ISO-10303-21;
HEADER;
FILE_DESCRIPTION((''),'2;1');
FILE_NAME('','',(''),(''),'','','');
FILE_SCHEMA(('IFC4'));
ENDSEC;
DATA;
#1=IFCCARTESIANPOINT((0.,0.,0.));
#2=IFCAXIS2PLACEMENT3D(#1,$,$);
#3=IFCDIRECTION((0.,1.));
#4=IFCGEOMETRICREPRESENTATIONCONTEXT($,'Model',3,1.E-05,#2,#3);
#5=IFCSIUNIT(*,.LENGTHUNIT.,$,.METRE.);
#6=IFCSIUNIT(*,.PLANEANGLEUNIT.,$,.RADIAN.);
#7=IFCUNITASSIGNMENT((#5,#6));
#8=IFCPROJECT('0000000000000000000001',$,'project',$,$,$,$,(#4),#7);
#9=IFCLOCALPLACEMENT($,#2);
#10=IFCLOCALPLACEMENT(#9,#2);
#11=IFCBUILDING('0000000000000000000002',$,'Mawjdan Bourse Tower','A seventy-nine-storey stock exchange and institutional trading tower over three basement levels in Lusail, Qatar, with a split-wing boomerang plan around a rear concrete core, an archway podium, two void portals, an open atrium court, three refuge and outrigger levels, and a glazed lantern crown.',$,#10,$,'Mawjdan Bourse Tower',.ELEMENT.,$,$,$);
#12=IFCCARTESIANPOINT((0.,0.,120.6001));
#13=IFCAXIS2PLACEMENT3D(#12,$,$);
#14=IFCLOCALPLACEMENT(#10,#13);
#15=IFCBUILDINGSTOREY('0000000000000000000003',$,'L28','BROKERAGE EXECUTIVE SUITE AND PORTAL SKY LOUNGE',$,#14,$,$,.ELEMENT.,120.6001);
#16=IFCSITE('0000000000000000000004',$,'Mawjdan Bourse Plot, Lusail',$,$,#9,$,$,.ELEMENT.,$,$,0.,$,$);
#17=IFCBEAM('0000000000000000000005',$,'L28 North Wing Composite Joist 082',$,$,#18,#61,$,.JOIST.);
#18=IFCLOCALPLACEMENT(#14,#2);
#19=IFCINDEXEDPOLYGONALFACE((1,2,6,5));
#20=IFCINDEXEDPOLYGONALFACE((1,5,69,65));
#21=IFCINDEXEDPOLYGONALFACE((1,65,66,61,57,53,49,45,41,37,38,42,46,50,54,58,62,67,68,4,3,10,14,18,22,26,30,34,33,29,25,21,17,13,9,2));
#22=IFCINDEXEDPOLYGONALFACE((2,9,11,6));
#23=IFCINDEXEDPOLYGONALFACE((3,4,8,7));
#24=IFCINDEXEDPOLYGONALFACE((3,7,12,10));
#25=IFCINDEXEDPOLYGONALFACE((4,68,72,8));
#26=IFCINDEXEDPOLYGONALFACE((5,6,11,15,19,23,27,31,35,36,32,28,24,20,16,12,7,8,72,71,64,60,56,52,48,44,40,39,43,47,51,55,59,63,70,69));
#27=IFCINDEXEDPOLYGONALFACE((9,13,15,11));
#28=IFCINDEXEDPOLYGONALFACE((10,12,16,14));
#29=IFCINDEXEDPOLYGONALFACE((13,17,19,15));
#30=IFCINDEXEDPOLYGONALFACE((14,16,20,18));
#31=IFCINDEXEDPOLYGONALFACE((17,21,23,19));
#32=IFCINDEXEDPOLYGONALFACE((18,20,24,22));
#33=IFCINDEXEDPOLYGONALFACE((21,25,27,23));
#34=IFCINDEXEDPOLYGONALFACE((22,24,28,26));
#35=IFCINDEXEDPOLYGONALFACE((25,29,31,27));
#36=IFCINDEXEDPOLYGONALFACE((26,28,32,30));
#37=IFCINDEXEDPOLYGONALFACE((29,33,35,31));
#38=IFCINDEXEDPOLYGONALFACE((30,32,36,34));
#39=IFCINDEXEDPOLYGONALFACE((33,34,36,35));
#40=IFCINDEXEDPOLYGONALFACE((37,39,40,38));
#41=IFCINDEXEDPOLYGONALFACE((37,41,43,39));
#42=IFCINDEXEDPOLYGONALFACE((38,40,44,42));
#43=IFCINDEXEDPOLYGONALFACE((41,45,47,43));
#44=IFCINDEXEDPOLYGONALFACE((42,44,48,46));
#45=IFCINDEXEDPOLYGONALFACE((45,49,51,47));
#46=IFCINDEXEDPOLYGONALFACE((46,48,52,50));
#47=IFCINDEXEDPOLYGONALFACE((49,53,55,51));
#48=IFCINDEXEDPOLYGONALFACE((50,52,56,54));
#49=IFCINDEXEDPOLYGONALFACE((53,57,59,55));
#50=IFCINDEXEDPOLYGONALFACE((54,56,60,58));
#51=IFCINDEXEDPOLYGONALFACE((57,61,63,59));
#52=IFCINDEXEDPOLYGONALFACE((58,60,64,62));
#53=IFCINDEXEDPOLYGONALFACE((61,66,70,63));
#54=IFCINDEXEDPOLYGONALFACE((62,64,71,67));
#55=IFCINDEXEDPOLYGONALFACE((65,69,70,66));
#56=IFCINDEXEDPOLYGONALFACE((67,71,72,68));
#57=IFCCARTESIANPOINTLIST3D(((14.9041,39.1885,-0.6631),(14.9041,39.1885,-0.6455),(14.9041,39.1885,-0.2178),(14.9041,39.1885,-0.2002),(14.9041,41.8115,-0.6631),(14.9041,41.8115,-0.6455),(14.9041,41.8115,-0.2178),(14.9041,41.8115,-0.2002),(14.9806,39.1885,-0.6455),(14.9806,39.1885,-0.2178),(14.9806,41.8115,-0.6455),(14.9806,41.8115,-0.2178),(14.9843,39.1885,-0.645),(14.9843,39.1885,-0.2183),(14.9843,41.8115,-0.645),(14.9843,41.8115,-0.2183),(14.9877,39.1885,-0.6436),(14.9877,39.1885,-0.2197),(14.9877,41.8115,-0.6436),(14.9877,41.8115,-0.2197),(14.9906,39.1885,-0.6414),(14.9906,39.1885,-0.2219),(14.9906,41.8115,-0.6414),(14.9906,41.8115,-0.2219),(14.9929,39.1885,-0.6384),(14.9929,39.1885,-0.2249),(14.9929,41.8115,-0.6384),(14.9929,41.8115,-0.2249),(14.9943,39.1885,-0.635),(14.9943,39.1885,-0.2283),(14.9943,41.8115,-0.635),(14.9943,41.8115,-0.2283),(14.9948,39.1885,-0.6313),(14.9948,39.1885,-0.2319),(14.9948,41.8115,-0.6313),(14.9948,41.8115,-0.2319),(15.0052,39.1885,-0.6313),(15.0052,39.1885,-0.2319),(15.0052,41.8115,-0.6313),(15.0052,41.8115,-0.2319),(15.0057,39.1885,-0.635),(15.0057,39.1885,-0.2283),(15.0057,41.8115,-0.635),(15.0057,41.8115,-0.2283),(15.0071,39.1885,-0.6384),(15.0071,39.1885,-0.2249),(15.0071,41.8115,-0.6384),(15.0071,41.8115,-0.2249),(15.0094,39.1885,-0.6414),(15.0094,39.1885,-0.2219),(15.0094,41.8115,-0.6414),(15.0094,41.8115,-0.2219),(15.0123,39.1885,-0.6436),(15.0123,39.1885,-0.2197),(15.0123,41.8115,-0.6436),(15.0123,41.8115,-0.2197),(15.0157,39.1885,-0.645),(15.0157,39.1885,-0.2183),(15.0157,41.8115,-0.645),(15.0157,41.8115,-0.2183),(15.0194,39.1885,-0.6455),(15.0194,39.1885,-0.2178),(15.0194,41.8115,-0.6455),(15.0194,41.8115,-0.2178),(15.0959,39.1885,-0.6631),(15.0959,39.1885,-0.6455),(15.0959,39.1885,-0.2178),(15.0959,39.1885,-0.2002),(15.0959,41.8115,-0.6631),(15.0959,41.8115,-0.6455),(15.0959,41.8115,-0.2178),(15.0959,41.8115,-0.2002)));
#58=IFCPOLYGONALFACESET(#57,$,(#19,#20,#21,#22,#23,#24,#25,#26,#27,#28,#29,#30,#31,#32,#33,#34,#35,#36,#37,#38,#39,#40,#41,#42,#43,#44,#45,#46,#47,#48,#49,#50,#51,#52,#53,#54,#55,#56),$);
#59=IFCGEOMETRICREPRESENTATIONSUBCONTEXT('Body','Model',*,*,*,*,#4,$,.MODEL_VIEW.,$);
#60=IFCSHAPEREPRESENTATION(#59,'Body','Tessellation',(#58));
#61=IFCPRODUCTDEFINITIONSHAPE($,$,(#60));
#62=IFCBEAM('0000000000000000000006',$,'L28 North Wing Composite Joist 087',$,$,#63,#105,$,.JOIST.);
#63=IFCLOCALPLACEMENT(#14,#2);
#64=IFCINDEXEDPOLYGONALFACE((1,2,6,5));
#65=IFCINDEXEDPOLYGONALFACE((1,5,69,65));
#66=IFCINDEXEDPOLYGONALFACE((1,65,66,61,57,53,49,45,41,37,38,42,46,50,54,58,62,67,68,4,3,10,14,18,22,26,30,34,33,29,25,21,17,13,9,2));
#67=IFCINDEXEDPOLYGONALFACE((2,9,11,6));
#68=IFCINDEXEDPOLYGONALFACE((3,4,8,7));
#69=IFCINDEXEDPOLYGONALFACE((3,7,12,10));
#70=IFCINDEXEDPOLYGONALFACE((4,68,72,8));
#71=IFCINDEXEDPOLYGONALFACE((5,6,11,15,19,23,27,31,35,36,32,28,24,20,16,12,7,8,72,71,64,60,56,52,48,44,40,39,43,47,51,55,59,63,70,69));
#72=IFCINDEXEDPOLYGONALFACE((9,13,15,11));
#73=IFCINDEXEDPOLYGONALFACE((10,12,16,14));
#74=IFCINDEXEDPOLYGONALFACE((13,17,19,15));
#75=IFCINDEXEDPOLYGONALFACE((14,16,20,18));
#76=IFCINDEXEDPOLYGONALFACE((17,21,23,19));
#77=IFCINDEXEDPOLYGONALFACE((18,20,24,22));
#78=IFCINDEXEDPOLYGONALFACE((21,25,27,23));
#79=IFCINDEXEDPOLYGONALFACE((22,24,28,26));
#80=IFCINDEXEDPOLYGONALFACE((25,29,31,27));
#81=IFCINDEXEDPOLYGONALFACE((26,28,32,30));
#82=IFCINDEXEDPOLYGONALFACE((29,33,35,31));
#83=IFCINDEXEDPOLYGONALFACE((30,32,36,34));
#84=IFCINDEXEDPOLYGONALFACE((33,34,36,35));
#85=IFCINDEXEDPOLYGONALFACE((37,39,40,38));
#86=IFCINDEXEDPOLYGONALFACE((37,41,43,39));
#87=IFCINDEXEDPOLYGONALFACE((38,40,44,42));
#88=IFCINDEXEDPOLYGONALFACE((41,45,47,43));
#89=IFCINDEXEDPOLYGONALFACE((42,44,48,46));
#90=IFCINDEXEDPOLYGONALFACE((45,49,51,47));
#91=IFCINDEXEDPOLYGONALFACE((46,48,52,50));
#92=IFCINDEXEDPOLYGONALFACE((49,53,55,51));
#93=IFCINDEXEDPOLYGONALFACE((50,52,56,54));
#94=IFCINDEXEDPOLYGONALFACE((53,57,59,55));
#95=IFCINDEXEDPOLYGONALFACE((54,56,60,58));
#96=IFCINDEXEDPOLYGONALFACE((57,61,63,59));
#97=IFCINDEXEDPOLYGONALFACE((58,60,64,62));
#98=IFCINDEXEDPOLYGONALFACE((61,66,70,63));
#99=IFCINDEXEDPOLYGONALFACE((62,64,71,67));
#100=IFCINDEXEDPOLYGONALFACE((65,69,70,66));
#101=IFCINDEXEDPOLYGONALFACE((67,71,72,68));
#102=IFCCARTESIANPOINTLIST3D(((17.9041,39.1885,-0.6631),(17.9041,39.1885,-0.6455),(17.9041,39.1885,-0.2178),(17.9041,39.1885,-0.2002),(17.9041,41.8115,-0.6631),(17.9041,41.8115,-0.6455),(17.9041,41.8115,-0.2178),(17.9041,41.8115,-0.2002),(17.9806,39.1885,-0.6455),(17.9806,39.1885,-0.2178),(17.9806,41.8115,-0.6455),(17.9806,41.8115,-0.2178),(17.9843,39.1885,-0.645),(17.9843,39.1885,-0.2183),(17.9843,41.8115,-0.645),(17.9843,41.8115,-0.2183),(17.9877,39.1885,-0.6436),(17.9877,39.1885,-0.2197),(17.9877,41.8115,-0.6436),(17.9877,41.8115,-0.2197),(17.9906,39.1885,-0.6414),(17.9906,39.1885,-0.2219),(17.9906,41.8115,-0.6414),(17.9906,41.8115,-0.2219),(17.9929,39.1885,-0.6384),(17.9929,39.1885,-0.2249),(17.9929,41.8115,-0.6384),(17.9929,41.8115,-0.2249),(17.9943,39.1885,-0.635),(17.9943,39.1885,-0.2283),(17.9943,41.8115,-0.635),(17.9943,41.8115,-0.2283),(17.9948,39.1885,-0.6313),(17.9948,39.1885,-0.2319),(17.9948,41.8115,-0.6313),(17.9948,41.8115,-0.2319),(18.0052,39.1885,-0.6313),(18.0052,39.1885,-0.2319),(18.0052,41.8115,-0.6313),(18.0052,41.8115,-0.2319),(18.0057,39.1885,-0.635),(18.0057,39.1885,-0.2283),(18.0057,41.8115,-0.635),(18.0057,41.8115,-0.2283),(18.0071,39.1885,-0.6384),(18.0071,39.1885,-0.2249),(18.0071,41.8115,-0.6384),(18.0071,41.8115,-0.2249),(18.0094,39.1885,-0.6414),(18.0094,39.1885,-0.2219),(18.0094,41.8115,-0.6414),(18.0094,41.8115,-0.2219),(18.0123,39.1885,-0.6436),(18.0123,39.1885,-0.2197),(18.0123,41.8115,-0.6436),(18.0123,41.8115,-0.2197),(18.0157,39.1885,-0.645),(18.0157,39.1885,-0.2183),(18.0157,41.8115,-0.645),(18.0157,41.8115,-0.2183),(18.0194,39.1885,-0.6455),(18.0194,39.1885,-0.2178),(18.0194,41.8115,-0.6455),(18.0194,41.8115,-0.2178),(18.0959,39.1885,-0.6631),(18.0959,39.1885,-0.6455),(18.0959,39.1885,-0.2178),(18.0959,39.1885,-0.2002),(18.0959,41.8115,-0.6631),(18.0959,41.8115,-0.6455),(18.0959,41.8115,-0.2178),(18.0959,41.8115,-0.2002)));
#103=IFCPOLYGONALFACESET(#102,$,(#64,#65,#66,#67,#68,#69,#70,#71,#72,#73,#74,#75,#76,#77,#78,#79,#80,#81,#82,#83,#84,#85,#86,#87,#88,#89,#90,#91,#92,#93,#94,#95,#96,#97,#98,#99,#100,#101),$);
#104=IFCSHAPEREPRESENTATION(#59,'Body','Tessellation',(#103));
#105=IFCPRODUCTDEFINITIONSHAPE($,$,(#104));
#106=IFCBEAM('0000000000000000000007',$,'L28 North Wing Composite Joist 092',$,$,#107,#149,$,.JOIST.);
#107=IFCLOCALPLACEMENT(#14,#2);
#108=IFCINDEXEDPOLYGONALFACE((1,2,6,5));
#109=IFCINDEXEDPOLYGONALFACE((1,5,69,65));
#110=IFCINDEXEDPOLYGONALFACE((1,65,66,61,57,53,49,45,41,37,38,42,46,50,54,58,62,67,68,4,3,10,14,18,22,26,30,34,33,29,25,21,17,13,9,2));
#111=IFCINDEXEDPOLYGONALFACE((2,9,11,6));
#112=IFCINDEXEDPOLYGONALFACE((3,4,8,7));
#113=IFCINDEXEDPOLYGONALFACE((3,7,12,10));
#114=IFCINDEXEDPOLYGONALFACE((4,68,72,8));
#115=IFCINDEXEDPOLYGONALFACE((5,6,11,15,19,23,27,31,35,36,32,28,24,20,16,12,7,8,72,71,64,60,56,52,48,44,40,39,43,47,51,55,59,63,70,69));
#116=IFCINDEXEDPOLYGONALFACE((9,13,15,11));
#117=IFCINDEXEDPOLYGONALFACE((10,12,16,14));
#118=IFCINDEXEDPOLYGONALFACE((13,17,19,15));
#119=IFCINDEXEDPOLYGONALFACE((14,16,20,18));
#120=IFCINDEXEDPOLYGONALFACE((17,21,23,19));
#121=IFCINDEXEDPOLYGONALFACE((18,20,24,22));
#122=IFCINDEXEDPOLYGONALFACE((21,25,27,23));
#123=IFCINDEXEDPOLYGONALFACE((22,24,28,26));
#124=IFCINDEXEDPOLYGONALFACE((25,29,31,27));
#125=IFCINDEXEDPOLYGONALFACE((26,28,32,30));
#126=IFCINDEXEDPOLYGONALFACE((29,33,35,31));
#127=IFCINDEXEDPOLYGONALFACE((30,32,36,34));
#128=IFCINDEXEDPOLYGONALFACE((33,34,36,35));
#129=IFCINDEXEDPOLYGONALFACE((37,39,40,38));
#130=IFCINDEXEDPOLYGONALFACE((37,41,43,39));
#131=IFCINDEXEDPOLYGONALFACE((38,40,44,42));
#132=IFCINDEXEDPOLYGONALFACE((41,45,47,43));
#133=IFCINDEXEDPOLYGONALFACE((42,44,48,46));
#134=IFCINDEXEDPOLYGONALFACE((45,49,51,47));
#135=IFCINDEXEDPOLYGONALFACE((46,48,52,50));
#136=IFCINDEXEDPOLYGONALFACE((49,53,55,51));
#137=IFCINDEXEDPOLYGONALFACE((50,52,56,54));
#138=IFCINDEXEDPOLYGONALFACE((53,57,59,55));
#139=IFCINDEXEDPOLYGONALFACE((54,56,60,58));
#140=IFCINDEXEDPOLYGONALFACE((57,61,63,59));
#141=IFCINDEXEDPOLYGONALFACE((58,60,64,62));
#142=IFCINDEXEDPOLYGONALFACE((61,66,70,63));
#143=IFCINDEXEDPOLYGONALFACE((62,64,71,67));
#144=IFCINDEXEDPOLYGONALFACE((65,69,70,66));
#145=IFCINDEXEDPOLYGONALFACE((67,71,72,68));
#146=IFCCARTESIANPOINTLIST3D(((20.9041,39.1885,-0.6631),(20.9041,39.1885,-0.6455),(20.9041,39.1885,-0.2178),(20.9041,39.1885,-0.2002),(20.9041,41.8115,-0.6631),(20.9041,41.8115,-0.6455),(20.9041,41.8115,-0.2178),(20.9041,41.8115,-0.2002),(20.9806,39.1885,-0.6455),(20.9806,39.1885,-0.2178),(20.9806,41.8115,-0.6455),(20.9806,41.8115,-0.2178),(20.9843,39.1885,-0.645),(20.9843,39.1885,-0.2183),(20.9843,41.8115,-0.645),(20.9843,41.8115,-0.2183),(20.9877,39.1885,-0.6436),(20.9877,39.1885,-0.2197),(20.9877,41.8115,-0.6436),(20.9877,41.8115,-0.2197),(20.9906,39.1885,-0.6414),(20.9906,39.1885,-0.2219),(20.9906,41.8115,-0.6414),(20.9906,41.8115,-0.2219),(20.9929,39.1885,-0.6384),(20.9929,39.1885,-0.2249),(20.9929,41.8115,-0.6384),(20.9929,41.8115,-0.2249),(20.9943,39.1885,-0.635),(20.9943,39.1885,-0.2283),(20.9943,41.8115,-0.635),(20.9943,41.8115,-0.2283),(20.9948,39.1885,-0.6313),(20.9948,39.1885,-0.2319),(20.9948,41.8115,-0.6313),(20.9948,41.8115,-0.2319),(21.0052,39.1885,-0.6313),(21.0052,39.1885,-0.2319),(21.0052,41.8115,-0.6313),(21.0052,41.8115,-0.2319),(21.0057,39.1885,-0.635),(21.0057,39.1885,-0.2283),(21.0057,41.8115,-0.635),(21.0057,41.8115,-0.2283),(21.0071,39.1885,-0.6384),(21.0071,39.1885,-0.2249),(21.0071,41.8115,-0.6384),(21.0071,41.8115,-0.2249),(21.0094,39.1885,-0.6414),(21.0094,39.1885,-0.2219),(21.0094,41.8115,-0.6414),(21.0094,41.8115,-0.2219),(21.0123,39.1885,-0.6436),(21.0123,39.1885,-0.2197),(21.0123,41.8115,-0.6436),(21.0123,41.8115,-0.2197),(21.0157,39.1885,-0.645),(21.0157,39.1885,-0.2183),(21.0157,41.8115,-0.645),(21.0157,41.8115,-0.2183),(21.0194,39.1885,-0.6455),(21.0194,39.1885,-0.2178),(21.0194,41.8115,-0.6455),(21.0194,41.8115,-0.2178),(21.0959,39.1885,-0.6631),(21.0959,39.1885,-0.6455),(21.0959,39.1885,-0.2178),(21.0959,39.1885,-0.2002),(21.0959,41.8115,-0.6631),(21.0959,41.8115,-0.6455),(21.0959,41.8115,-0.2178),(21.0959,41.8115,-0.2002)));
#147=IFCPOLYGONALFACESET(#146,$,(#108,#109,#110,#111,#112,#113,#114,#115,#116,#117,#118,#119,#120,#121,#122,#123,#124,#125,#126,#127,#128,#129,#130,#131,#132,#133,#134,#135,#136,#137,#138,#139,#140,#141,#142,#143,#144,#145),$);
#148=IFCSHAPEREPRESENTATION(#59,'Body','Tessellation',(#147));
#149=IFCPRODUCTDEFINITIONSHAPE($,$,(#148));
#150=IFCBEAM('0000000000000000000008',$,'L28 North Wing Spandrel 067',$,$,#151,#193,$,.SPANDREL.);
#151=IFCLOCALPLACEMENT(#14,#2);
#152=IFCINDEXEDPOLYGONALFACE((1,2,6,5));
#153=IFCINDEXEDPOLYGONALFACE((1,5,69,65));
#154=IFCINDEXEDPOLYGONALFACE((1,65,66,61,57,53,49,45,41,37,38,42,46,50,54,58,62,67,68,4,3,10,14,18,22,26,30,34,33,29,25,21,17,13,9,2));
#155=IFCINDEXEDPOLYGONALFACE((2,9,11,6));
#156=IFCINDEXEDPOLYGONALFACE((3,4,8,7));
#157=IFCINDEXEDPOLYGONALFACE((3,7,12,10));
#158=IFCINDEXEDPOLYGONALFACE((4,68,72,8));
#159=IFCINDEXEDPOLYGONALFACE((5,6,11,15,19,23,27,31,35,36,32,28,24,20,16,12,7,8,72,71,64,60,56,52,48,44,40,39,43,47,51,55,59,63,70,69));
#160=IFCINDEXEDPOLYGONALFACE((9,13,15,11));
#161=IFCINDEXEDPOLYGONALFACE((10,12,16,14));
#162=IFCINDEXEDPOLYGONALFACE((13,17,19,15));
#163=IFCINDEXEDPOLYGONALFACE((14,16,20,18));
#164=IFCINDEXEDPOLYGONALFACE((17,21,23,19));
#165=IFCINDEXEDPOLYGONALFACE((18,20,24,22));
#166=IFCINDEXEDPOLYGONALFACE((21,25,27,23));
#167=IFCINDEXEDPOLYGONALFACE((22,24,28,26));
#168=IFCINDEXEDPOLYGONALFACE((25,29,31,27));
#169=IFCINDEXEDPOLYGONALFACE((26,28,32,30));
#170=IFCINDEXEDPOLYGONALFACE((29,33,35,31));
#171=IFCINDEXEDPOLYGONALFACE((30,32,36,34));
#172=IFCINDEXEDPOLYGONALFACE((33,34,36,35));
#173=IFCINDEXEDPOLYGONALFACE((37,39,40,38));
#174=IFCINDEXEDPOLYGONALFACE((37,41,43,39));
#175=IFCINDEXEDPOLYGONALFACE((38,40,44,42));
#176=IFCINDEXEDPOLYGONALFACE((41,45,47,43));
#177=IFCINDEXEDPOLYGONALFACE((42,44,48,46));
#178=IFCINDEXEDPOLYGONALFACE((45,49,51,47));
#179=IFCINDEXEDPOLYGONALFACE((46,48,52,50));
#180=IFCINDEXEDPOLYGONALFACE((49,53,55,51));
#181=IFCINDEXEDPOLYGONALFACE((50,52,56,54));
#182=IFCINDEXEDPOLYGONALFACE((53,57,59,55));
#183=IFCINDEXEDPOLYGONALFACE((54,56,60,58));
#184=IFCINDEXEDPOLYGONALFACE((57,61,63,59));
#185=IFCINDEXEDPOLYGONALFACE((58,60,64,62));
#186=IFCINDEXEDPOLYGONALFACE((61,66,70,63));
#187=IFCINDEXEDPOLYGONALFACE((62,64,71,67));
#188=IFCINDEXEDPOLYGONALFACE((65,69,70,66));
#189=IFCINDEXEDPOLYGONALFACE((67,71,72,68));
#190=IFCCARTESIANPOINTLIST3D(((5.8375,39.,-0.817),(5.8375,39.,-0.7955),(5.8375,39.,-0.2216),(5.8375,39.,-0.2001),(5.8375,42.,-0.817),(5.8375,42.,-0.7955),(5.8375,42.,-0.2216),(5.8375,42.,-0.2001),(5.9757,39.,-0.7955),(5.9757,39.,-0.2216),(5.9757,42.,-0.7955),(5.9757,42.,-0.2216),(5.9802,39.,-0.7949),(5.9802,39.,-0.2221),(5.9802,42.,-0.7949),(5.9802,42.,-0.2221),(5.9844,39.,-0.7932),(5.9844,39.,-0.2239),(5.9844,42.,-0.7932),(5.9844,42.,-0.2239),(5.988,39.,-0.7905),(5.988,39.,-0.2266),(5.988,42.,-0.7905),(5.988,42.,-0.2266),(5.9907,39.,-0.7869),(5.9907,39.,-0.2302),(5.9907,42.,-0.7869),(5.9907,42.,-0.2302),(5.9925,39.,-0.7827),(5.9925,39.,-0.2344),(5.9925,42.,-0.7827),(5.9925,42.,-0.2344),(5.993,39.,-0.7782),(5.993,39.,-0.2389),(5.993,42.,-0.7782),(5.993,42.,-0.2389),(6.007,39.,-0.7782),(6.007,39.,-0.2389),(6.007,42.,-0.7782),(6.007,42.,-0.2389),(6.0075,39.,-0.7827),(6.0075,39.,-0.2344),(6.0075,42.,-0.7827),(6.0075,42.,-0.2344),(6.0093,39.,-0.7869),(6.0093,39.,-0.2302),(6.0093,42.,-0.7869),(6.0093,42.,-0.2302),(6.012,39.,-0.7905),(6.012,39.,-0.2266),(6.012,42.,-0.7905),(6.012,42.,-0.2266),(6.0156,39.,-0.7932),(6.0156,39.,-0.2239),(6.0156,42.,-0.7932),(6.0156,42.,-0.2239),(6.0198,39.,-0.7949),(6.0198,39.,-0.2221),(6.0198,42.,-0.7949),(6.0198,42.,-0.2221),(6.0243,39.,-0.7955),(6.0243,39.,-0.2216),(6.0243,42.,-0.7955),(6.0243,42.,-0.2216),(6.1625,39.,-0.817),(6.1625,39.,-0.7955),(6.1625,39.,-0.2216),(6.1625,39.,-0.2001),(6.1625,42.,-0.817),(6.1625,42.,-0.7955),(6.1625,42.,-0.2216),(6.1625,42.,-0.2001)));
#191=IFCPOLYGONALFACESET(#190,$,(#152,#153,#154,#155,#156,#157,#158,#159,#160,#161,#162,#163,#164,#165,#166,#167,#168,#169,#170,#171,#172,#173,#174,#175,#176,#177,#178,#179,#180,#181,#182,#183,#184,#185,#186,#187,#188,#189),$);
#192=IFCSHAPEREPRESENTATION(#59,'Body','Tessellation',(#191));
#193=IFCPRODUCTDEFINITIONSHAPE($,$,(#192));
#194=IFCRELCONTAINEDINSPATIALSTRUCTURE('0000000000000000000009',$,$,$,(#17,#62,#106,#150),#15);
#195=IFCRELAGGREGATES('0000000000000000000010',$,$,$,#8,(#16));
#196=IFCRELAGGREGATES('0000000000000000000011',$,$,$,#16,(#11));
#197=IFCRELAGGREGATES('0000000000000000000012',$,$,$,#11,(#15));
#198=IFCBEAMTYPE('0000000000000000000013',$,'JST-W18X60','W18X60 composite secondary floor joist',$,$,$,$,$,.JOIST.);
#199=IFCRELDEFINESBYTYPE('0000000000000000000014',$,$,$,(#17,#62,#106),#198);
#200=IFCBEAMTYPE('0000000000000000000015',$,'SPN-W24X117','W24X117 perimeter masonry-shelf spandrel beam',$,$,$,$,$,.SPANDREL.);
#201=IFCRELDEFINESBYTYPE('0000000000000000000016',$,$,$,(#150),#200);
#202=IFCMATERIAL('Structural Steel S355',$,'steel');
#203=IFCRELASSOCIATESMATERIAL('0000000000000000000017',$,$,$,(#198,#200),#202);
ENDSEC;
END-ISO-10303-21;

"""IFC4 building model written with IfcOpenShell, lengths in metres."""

from ifc_helpers import new_model, si_unit, direction, frame, origin, origin_2d, place, context, subcontext, project, spatial, i_section, extrude, material, material_profile, profile_set, type_object, element, save


model = new_model("IFC4")

# Units and contexts
model_context = context("Model", 3, precision=1e-05, world=origin(), true_north=direction((0.0, 1.0)))
body_context = subcontext(model_context, "Body", "Model", "MODEL_VIEW")
ifc_project = project(units=[si_unit("LENGTHUNIT", "METRE"), si_unit("PLANEANGLEUNIT", "RADIAN")], contexts=[model_context])

# Site, building, storey
site_placement = place(None, origin())
site = spatial("IfcSite", under=ifc_project, at=site_placement, Name="Mawjdan Bourse Plot, Lusail", CompositionType="ELEMENT", RefElevation=0.0)
building_placement = place(site_placement, origin())
building = spatial("IfcBuilding", under=site, at=building_placement, Name="Mawjdan Bourse Tower", Description="A seventy-nine-storey stock exchange and institutional trading tower over three basement levels in Lusail, Qatar, with a split-wing boomerang plan around a rear concrete core, an archway podium, two void portals, an open atrium court, three refuge and outrigger levels, and a glazed lantern crown.", LongName="Mawjdan Bourse Tower", CompositionType="ELEMENT")
storey_placement = place(building_placement, frame((0.0, 0.0, 120.6001)))
storey = spatial("IfcBuildingStorey", under=building, at=storey_placement, Name="L28", Description="BROKERAGE EXECUTIVE SUITE AND PORTAL SKY LOUNGE", CompositionType="ELEMENT", Elevation=120.6001)

# Beams
ifc_material_1 = material(Name="Structural Steel S355", Category="steel")
ifc_material_profile_1 = material_profile(ifc_material_1, i_section(OverallWidth=0.1919, OverallDepth=0.4629, WebThickness=0.0105, FlangeThickness=0.0176, FilletRadius=0.0142, at=origin_2d()), Name="W18X60")
ifc_profile_set_1 = profile_set([ifc_material_profile_1], Name="Structural Steel S355")
beam_type_1 = type_object("IfcBeamType", Name="JST-W18X60", Description="W18X60 composite secondary floor joist", PredefinedType="JOIST", material=ifc_profile_set_1)
for number, where, z_axis, x_axis, name in (
    (1, (15.0, 39.1885, -0.4316), (0.0, 1.0, 0.0), (-1.0, 0.0, 0.0), "L28 North Wing Composite Joist 082"),
    (2, (18.0, 39.1885, -0.4316), (0.0, 1.0, 0.0), (-1.0, 0.0, 0.0), "L28 North Wing Composite Joist 087"),
    (3, (21.0, 39.1885, -0.4316), (0.0, 1.0, 0.0), (-1.0, 0.0, 0.0), "L28 North Wing Composite Joist 092"),
):
    element("IfcBeam", number, at=place(storey_placement, frame(where, z_axis=z_axis, x_axis=x_axis)), inside=storey, type_object=beam_type_1, Name=name, PredefinedType="JOIST", context=body_context, shape_type="SweptSolid", body=[
        extrude(i_section(OverallWidth=0.1919, OverallDepth=0.4629, WebThickness=0.0105, FlangeThickness=0.0176, FilletRadius=0.0142, at=origin_2d()), origin(), (0.0, 0.0, 1.0), 2.623),
    ])
ifc_material_profile_2 = material_profile(ifc_material_1, i_section(OverallWidth=0.325, OverallDepth=0.6169, WebThickness=0.0139, FlangeThickness=0.0215, FilletRadius=0.0173, at=origin_2d()), Name="W24X117")
ifc_profile_set_2 = profile_set([ifc_material_profile_2], Name="Structural Steel S355")
beam_type_2 = type_object("IfcBeamType", Name="SPN-W24X117", Description="W24X117 perimeter masonry-shelf spandrel beam", PredefinedType="SPANDREL", material=ifc_profile_set_2)
for number, where, z_axis, x_axis, name in (
    (4, (6.0, 39.0, -0.5085), (0.0, 1.0, 0.0), (-1.0, 0.0, 0.0), "L28 North Wing Spandrel 067"),
):
    element("IfcBeam", number, at=place(storey_placement, frame(where, z_axis=z_axis, x_axis=x_axis)), inside=storey, type_object=beam_type_2, Name=name, PredefinedType="SPANDREL", context=body_context, shape_type="SweptSolid", body=[
        extrude(i_section(OverallWidth=0.325, OverallDepth=0.6169, WebThickness=0.0139, FlangeThickness=0.0215, FilletRadius=0.0173, at=origin_2d()), origin(), (0.0, 0.0, 1.0), 3.0),
    ])

save(model, "model.ifc")
